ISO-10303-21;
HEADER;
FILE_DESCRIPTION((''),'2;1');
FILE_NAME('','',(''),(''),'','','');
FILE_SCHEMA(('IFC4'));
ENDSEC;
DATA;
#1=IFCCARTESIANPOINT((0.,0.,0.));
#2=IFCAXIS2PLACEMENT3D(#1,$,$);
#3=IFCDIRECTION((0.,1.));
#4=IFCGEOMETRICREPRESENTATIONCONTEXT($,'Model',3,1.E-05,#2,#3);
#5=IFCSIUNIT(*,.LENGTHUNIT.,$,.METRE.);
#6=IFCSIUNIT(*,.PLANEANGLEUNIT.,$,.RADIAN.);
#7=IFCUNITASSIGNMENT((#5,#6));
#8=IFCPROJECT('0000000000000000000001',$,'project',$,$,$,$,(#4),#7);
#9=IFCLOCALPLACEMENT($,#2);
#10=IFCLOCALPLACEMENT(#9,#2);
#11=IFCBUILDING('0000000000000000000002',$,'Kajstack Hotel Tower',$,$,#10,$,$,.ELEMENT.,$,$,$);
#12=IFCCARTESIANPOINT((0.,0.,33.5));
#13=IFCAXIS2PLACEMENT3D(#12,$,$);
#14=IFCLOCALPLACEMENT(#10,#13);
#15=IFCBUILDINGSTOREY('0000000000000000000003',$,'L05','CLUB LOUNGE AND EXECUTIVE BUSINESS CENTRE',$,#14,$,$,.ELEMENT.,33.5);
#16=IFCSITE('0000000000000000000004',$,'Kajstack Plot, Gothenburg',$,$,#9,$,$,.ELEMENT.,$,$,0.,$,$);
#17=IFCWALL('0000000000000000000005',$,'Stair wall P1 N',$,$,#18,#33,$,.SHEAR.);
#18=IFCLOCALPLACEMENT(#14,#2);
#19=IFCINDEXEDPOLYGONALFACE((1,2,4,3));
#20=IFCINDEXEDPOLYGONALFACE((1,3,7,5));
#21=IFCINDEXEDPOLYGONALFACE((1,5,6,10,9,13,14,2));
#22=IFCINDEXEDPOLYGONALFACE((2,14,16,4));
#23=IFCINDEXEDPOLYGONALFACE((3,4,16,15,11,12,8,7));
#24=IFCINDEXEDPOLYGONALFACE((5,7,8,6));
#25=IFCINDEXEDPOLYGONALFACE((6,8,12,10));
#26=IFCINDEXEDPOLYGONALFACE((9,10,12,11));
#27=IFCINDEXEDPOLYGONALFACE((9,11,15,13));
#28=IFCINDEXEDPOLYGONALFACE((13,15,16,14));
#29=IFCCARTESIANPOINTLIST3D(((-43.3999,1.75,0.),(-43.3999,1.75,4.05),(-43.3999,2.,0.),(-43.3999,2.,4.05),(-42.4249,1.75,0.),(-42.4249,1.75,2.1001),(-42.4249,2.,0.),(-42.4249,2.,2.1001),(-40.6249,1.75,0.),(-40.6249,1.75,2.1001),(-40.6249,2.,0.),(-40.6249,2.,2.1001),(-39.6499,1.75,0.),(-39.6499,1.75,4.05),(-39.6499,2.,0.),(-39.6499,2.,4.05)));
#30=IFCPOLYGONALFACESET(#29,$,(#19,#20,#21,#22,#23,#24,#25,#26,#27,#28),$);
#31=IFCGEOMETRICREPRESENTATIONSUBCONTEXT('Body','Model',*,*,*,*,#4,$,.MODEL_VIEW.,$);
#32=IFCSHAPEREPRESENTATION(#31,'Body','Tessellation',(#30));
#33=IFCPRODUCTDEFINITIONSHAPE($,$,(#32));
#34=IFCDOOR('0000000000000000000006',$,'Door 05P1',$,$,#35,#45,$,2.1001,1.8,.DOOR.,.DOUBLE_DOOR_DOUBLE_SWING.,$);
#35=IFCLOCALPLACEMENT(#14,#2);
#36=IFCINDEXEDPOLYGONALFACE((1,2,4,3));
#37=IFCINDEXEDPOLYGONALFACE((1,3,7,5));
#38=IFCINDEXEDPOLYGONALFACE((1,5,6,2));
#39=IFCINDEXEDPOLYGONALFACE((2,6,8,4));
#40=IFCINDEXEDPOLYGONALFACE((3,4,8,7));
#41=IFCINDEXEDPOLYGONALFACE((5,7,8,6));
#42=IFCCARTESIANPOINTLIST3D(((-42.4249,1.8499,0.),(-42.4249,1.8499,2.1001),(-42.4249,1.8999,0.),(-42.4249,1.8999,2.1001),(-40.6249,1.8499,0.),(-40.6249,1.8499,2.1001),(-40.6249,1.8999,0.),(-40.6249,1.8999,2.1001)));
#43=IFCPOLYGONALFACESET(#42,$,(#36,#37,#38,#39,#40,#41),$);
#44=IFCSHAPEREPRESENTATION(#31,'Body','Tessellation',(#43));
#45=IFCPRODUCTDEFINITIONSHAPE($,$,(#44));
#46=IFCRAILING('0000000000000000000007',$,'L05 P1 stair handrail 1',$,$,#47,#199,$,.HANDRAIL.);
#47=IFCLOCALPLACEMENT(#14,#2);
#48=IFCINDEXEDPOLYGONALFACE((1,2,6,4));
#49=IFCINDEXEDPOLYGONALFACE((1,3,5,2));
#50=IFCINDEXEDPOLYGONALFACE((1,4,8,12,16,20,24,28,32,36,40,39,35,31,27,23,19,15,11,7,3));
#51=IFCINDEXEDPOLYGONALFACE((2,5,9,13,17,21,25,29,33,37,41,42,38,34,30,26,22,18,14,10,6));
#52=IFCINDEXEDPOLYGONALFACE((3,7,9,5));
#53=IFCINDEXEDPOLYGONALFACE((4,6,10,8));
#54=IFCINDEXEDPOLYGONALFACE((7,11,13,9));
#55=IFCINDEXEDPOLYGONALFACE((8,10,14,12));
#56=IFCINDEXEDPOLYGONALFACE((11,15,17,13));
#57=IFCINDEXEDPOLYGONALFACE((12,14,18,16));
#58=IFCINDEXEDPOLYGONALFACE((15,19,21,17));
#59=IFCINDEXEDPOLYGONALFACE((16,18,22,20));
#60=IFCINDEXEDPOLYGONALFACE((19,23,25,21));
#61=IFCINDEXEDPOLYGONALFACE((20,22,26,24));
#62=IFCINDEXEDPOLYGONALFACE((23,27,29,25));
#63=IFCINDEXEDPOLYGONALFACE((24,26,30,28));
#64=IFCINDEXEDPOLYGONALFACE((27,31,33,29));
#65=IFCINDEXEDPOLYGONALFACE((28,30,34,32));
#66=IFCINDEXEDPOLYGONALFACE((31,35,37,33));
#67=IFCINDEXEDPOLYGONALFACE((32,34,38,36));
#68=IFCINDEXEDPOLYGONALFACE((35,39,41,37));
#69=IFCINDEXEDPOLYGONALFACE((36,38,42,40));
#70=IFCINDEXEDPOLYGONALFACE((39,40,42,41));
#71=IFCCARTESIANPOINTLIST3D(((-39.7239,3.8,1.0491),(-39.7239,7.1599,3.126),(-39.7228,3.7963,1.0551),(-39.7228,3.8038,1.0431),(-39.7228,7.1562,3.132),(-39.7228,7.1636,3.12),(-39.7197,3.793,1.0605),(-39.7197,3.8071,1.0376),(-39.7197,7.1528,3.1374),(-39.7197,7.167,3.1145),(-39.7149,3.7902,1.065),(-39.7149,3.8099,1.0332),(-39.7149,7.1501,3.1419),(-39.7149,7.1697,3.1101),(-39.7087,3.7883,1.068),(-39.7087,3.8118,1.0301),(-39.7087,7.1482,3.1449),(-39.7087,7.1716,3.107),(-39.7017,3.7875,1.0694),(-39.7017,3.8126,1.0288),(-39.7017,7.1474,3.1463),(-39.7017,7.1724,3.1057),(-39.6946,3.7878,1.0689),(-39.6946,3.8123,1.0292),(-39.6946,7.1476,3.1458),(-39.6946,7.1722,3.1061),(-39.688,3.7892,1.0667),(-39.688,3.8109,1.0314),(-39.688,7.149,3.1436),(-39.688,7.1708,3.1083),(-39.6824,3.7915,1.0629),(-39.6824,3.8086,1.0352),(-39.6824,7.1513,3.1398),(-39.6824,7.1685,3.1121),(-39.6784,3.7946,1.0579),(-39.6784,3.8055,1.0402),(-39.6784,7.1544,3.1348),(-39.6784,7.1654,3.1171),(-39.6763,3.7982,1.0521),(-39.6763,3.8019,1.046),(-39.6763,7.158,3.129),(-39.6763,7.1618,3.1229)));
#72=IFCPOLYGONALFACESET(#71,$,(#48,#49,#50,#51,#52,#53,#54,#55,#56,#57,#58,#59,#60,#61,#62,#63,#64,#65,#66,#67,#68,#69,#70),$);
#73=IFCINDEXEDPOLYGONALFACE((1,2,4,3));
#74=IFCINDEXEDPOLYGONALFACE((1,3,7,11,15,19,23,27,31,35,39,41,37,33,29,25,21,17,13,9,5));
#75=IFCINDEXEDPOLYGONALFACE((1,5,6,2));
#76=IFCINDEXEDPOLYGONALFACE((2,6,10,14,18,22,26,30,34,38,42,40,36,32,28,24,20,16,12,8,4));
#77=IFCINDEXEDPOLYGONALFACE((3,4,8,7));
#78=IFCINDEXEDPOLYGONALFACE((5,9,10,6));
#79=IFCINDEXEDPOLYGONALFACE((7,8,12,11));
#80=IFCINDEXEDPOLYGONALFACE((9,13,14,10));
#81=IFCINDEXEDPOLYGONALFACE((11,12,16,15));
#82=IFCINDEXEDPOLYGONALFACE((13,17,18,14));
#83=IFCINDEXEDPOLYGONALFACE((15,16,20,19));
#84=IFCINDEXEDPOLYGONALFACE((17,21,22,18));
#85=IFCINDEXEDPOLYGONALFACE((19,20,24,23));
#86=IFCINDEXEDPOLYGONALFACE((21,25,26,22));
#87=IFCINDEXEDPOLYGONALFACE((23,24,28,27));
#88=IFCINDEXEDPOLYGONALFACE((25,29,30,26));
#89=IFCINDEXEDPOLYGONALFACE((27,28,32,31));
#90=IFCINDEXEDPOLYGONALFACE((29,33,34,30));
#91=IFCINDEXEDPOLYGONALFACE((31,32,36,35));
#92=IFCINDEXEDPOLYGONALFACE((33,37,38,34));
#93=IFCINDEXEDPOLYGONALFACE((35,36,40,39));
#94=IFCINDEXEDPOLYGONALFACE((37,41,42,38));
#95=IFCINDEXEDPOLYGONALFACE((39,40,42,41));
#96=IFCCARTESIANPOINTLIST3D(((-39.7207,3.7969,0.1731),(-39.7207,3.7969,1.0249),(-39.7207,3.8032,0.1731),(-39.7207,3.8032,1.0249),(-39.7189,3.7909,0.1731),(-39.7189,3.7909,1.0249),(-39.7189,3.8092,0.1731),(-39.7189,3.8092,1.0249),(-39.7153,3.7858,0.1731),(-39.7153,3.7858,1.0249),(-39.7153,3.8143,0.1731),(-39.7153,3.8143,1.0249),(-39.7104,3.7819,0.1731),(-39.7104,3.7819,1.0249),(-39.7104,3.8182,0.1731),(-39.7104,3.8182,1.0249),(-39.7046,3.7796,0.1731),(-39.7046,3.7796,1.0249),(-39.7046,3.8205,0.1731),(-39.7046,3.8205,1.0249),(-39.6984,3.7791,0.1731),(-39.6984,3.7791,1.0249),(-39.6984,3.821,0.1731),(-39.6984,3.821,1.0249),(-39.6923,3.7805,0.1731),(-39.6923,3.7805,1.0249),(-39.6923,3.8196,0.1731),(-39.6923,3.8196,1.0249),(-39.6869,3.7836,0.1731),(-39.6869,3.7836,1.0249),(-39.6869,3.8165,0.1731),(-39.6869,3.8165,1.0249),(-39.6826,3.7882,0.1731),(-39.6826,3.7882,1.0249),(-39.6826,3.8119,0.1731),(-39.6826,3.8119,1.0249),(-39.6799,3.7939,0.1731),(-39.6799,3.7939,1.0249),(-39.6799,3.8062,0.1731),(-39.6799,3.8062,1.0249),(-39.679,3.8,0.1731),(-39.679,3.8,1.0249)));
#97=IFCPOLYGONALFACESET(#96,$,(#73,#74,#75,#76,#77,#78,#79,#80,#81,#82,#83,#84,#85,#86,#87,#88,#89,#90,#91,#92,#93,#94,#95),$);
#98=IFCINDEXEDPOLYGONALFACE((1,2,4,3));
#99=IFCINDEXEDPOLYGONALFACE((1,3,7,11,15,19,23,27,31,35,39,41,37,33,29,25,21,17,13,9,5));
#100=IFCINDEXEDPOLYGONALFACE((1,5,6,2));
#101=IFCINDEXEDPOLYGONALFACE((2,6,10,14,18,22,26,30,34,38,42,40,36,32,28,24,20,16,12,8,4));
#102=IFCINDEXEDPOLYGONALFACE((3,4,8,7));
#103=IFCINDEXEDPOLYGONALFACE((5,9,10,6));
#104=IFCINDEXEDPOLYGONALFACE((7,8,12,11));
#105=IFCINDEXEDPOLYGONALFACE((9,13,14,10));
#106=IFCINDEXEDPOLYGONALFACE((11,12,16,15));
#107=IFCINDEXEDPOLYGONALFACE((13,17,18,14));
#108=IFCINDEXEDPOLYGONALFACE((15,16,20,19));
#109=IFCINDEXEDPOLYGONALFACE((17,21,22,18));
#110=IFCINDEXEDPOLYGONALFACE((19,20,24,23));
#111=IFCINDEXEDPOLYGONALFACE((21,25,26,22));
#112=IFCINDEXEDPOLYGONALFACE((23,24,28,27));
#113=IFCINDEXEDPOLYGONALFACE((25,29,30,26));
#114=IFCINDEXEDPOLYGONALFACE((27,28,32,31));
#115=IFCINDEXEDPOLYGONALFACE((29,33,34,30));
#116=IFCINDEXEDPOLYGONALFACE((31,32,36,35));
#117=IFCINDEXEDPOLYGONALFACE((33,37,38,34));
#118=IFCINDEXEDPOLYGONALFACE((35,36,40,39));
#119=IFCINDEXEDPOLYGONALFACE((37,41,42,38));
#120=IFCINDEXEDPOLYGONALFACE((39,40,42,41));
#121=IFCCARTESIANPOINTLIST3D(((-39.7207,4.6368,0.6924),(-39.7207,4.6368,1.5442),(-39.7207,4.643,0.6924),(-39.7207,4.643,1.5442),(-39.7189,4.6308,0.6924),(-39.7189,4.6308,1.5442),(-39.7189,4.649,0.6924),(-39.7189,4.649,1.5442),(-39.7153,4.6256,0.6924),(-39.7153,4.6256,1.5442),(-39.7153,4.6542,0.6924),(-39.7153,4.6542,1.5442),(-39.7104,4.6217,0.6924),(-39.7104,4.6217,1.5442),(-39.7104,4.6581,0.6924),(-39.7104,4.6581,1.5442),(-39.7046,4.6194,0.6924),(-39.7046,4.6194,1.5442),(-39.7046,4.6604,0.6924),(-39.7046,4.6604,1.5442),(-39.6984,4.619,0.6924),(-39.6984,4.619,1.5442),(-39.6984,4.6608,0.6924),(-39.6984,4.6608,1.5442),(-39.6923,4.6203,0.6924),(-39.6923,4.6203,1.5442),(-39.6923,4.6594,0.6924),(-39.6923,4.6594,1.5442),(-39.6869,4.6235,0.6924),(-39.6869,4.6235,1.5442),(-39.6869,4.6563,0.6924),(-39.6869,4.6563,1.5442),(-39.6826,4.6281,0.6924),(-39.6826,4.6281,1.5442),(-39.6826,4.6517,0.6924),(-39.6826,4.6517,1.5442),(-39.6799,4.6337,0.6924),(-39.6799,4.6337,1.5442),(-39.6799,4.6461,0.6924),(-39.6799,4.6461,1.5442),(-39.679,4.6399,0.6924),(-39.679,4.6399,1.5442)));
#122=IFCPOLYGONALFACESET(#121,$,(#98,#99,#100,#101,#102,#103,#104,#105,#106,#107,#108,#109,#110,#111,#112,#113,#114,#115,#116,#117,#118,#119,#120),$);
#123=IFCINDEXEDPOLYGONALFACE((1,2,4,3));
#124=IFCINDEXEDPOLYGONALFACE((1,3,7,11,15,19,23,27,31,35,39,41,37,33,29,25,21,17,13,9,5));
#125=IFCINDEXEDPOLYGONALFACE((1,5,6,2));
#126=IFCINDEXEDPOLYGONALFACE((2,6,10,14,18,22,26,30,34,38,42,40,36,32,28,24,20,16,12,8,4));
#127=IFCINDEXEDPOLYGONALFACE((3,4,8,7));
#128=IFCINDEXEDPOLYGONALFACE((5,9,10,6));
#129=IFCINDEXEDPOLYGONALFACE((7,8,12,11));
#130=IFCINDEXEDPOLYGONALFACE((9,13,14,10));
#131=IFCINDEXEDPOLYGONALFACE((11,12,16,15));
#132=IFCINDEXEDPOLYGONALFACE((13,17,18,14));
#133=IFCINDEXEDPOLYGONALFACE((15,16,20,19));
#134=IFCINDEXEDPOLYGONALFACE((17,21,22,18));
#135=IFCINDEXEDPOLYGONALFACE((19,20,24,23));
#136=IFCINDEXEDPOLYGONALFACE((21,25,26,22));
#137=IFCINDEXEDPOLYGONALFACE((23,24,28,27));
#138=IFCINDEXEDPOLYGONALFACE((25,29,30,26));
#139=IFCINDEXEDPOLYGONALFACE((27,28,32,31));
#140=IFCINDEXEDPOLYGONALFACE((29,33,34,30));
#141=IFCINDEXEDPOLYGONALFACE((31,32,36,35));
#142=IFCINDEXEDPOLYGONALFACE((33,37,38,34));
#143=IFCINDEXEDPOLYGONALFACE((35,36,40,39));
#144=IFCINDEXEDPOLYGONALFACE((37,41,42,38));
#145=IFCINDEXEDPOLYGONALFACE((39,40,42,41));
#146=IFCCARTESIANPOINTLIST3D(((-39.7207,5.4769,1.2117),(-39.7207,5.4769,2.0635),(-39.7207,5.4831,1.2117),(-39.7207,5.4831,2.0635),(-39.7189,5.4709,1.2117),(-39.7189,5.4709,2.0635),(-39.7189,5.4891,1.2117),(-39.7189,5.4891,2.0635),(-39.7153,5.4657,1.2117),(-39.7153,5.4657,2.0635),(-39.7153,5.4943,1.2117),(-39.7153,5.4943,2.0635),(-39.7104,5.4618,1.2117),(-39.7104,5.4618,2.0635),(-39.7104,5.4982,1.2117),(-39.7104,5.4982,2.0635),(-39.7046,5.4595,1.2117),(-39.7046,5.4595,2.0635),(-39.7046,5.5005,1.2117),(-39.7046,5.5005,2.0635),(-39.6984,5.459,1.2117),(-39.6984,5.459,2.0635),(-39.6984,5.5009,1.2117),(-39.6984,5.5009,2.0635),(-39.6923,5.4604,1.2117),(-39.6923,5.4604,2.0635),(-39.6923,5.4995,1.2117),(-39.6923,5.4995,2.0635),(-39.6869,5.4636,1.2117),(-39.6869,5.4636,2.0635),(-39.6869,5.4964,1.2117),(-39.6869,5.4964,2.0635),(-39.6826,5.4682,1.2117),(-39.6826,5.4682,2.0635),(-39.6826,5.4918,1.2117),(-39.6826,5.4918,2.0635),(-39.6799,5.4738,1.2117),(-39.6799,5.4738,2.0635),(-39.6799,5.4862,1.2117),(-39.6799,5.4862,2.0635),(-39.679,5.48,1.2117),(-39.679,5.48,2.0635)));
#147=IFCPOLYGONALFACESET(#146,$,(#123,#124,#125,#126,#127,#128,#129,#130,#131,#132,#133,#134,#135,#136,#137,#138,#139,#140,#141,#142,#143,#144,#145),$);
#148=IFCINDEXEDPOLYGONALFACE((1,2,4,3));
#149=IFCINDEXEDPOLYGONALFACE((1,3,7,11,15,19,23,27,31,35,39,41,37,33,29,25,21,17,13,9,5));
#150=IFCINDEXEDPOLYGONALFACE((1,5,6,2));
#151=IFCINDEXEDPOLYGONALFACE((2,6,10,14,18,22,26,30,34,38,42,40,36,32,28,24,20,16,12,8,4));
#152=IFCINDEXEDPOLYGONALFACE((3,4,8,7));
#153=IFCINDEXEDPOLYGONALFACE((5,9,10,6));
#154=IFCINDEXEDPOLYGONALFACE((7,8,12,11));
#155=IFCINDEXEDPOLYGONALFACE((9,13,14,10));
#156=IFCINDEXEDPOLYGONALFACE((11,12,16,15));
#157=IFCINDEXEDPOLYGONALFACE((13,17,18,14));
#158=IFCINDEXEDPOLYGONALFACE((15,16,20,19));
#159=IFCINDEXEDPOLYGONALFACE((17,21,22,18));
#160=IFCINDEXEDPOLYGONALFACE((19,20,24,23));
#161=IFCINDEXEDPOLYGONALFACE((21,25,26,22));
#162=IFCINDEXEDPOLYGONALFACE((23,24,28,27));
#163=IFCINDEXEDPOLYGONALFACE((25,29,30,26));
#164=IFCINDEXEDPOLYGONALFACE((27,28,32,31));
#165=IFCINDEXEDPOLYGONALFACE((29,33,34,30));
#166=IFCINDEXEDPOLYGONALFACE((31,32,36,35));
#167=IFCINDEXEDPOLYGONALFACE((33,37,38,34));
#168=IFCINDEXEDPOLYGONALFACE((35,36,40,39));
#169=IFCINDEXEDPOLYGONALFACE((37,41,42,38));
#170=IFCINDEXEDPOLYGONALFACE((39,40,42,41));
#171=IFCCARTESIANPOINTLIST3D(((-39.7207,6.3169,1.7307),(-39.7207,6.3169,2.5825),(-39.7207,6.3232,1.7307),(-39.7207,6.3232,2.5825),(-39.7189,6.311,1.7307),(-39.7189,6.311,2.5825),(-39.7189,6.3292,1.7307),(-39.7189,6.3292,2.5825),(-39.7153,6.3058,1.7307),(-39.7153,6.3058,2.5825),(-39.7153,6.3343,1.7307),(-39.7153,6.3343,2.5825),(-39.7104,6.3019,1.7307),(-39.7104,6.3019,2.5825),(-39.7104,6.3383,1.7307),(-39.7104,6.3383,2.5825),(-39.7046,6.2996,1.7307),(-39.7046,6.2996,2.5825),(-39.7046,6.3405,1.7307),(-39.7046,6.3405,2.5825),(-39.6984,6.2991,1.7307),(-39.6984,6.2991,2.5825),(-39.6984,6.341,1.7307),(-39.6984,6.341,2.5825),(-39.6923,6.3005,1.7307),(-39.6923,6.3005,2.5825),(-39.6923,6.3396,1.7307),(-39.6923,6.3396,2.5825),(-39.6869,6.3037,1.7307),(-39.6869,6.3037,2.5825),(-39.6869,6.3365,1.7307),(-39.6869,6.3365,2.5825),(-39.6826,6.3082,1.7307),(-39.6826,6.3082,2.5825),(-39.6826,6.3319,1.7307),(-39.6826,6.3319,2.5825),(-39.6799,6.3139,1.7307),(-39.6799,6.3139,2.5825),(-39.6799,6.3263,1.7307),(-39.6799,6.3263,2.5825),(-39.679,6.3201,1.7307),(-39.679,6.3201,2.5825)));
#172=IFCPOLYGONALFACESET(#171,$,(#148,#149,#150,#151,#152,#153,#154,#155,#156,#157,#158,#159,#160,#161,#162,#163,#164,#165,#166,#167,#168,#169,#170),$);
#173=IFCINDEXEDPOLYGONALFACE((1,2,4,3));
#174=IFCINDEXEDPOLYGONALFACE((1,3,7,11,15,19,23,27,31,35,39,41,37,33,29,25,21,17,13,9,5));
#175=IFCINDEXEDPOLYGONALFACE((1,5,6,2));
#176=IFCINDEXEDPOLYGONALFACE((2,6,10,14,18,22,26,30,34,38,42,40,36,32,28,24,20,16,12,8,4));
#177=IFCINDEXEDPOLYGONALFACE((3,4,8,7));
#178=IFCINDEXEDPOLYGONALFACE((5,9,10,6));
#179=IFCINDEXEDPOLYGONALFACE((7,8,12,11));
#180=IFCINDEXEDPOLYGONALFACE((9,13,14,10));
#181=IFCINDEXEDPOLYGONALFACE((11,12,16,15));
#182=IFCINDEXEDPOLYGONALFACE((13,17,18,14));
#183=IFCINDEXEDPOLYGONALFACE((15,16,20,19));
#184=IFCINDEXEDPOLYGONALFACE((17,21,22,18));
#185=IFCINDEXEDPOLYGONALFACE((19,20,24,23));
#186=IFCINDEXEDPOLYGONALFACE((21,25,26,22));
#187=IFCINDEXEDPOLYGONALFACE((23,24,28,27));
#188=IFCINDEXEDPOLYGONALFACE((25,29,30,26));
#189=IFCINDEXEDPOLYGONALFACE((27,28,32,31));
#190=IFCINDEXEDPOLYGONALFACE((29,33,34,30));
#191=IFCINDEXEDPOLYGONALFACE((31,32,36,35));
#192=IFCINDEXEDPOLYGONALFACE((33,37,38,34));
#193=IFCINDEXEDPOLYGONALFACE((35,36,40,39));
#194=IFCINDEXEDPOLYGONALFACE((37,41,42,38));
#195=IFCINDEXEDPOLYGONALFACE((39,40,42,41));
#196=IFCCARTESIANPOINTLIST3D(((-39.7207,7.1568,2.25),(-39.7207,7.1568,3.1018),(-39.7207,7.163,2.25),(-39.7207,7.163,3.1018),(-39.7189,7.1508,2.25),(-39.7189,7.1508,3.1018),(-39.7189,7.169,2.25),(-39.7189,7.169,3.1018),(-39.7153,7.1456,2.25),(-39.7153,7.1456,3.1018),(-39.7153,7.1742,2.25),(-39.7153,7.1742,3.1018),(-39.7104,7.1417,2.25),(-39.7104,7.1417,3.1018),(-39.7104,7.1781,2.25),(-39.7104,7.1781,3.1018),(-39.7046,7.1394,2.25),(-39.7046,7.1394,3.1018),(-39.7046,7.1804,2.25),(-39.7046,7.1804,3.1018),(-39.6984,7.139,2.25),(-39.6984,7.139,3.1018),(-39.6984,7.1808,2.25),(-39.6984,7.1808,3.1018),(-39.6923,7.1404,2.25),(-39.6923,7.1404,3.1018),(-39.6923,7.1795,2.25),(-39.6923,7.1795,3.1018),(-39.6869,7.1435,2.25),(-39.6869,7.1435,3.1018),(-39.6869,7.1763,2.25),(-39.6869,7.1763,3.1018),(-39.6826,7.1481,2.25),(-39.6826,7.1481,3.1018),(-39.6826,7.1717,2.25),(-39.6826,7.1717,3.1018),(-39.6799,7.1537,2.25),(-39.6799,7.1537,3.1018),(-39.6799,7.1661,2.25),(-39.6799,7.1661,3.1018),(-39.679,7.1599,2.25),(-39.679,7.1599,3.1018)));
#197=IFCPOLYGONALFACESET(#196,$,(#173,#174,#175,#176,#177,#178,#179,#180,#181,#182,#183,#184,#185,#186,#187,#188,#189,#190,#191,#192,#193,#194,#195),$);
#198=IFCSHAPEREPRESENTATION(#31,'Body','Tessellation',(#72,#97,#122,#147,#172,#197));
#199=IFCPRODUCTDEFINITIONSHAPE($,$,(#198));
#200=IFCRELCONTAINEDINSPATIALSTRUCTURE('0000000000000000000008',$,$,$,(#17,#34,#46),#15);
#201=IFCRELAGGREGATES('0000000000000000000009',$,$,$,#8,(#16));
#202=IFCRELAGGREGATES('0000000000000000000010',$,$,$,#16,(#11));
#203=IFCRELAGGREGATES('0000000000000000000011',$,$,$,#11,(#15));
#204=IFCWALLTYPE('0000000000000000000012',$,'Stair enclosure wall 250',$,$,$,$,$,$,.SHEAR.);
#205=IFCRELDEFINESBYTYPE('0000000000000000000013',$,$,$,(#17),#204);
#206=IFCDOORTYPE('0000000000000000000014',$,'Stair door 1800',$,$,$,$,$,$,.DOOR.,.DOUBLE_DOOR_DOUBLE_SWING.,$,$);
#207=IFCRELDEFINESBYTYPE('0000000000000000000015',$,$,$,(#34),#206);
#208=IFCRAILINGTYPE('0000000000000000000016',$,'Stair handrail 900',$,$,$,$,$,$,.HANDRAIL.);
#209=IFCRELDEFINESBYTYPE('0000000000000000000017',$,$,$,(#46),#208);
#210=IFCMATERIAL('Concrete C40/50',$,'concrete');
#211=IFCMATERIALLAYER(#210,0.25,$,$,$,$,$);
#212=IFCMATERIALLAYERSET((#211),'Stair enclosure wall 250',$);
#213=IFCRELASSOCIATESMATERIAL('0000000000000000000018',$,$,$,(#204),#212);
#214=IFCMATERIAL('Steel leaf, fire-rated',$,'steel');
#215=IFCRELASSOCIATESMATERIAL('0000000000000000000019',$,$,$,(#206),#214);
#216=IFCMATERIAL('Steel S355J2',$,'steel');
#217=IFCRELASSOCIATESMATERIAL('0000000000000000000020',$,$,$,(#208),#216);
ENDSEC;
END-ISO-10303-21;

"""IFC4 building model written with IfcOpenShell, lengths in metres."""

from ifc_helpers import new_model, si_unit, direction, frame, frame_2d, origin, origin_2d, place, context, subcontext, project, spatial, rectangle, circle, extrude, material, layer, layer_set, type_object, element, fill, save


model = new_model("IFC4")

# Units and contexts
model_context = context("Model", 3, precision=1e-05, world=origin(), true_north=direction((0.0, 1.0)))
body_context = subcontext(model_context, "Body", "Model", "MODEL_VIEW")
ifc_project = project(units=[si_unit("LENGTHUNIT", "METRE"), si_unit("PLANEANGLEUNIT", "RADIAN")], contexts=[model_context])

# Site, building, storey
site_placement = place(None, origin())
site = spatial("IfcSite", under=ifc_project, at=site_placement, Name="Kajstack Plot, Gothenburg", CompositionType="ELEMENT", RefElevation=0.0)
building_placement = place(site_placement, origin())
building = spatial("IfcBuilding", under=site, at=building_placement, Name="Kajstack Hotel Tower", CompositionType="ELEMENT")
storey_placement = place(building_placement, frame((0.0, 0.0, 33.5)))
storey = spatial("IfcBuildingStorey", under=building, at=storey_placement, Name="L05", Description="CLUB LOUNGE AND EXECUTIVE BUSINESS CENTRE", CompositionType="ELEMENT", Elevation=33.5)

# Shared definitions
ifc_material_1 = material(Name="Concrete C40/50", Category="concrete")
ifc_layer_1 = layer(ifc_material_1, 0.25)
ifc_layer_set_1 = layer_set([ifc_layer_1], Name="Stair enclosure wall 250")
wall_type_1 = type_object("IfcWallType", Name="Stair enclosure wall 250", PredefinedType="SHEAR", material=ifc_layer_set_1)

# Wall, opening, door
wall_1_placement = place(storey_placement, frame((-43.3999, 1.875, 0.0), z_axis=(0.0, 0.0, 1.0), x_axis=(1.0, 0.0, 0.0)))
wall_1 = element("IfcWall", 1, at=wall_1_placement, inside=storey, type_object=wall_type_1, Name="Stair wall P1 N", PredefinedType="SHEAR", context=body_context, shape_type="SweptSolid", body=[
    extrude(rectangle(XDim=3.75, YDim=0.25, at=frame_2d((1.875, 0.0))), origin(), (0.0, 0.0, 1.0), 4.05),
])
opening_1_placement = place(wall_1_placement, frame((0.9751, 0.0, 0.0)))
opening_1 = element("IfcOpeningElement", 2, at=opening_1_placement, cuts=wall_1, PredefinedType="OPENING", context=body_context, shape_type="SweptSolid", body=[
    extrude(rectangle(XDim=1.8, YDim=2.1001, at=frame_2d((0.8999, 1.05))), frame((0.0, 0.135, 0.0), z_axis=(0.0, -1.0, 0.0), x_axis=(1.0, 0.0, 0.0)), (0.0, 0.0, 1.0), 0.27),
])
ifc_material_2 = material(Name="Steel leaf, fire-rated", Category="steel")
door_type_1 = type_object("IfcDoorType", Name="Stair door 1800", OperationType="DOUBLE_DOOR_DOUBLE_SWING", PredefinedType="DOOR", material=ifc_material_2)
door_1_placement = place(opening_1_placement, origin())
door_1 = element("IfcDoor", 3, at=door_1_placement, inside=storey, type_object=door_type_1, Name="Door 05P1", OperationType="DOUBLE_DOOR_DOUBLE_SWING", OverallHeight=2.1001, OverallWidth=1.8, PredefinedType="DOOR", context=body_context, shape_type="SweptSolid", body=[
    extrude(rectangle(XDim=1.8, YDim=2.1001, at=frame_2d((0.8999, 1.05))), frame((0.0, 0.0249, 0.0), z_axis=(0.0, -1.0, 0.0), x_axis=(1.0, 0.0, 0.0)), (0.0, 0.0, 1.0), 0.05),
])
fill(opening_1, door_1)

# Railing
ifc_material_3 = material(Name="Steel S355J2", Category="steel")
railing_type_1 = type_object("IfcRailingType", Name="Stair handrail 900", PredefinedType="HANDRAIL", material=ifc_material_3)
railing_1_placement = place(storey_placement, frame((-39.7, 3.8, 0.1731)))
element("IfcRailing", 4, at=railing_1_placement, inside=storey, type_object=railing_type_1, Name="L05 P1 stair handrail 1", PredefinedType="HANDRAIL", context=body_context, shape_type="SweptSolid", body=[
    extrude(circle(Radius=0.0239, at=origin_2d()), frame((0.0, 0.0, 0.876), z_axis=(0.0, 0.850606, 0.525803), x_axis=(-1.0, 0.0, 0.0)), (0.0, 0.0, 1.0), 3.95),
    extrude(circle(Radius=0.021, at=origin_2d()), origin(), (0.0, 0.0, 1.0), 0.8518),
    extrude(circle(Radius=0.021, at=origin_2d()), frame((0.0, 0.8398, 0.5193)), (0.0, 0.0, 1.0), 0.8518),
    extrude(circle(Radius=0.021, at=origin_2d()), frame((0.0, 1.6799, 1.0386)), (0.0, 0.0, 1.0), 0.8518),
    extrude(circle(Radius=0.021, at=origin_2d()), frame((0.0, 2.52, 1.5576)), (0.0, 0.0, 1.0), 0.8518),
    extrude(circle(Radius=0.021, at=origin_2d()), frame((0.0, 3.3599, 2.0769)), (0.0, 0.0, 1.0), 0.8518),
])

save(model, "model.ifc")
